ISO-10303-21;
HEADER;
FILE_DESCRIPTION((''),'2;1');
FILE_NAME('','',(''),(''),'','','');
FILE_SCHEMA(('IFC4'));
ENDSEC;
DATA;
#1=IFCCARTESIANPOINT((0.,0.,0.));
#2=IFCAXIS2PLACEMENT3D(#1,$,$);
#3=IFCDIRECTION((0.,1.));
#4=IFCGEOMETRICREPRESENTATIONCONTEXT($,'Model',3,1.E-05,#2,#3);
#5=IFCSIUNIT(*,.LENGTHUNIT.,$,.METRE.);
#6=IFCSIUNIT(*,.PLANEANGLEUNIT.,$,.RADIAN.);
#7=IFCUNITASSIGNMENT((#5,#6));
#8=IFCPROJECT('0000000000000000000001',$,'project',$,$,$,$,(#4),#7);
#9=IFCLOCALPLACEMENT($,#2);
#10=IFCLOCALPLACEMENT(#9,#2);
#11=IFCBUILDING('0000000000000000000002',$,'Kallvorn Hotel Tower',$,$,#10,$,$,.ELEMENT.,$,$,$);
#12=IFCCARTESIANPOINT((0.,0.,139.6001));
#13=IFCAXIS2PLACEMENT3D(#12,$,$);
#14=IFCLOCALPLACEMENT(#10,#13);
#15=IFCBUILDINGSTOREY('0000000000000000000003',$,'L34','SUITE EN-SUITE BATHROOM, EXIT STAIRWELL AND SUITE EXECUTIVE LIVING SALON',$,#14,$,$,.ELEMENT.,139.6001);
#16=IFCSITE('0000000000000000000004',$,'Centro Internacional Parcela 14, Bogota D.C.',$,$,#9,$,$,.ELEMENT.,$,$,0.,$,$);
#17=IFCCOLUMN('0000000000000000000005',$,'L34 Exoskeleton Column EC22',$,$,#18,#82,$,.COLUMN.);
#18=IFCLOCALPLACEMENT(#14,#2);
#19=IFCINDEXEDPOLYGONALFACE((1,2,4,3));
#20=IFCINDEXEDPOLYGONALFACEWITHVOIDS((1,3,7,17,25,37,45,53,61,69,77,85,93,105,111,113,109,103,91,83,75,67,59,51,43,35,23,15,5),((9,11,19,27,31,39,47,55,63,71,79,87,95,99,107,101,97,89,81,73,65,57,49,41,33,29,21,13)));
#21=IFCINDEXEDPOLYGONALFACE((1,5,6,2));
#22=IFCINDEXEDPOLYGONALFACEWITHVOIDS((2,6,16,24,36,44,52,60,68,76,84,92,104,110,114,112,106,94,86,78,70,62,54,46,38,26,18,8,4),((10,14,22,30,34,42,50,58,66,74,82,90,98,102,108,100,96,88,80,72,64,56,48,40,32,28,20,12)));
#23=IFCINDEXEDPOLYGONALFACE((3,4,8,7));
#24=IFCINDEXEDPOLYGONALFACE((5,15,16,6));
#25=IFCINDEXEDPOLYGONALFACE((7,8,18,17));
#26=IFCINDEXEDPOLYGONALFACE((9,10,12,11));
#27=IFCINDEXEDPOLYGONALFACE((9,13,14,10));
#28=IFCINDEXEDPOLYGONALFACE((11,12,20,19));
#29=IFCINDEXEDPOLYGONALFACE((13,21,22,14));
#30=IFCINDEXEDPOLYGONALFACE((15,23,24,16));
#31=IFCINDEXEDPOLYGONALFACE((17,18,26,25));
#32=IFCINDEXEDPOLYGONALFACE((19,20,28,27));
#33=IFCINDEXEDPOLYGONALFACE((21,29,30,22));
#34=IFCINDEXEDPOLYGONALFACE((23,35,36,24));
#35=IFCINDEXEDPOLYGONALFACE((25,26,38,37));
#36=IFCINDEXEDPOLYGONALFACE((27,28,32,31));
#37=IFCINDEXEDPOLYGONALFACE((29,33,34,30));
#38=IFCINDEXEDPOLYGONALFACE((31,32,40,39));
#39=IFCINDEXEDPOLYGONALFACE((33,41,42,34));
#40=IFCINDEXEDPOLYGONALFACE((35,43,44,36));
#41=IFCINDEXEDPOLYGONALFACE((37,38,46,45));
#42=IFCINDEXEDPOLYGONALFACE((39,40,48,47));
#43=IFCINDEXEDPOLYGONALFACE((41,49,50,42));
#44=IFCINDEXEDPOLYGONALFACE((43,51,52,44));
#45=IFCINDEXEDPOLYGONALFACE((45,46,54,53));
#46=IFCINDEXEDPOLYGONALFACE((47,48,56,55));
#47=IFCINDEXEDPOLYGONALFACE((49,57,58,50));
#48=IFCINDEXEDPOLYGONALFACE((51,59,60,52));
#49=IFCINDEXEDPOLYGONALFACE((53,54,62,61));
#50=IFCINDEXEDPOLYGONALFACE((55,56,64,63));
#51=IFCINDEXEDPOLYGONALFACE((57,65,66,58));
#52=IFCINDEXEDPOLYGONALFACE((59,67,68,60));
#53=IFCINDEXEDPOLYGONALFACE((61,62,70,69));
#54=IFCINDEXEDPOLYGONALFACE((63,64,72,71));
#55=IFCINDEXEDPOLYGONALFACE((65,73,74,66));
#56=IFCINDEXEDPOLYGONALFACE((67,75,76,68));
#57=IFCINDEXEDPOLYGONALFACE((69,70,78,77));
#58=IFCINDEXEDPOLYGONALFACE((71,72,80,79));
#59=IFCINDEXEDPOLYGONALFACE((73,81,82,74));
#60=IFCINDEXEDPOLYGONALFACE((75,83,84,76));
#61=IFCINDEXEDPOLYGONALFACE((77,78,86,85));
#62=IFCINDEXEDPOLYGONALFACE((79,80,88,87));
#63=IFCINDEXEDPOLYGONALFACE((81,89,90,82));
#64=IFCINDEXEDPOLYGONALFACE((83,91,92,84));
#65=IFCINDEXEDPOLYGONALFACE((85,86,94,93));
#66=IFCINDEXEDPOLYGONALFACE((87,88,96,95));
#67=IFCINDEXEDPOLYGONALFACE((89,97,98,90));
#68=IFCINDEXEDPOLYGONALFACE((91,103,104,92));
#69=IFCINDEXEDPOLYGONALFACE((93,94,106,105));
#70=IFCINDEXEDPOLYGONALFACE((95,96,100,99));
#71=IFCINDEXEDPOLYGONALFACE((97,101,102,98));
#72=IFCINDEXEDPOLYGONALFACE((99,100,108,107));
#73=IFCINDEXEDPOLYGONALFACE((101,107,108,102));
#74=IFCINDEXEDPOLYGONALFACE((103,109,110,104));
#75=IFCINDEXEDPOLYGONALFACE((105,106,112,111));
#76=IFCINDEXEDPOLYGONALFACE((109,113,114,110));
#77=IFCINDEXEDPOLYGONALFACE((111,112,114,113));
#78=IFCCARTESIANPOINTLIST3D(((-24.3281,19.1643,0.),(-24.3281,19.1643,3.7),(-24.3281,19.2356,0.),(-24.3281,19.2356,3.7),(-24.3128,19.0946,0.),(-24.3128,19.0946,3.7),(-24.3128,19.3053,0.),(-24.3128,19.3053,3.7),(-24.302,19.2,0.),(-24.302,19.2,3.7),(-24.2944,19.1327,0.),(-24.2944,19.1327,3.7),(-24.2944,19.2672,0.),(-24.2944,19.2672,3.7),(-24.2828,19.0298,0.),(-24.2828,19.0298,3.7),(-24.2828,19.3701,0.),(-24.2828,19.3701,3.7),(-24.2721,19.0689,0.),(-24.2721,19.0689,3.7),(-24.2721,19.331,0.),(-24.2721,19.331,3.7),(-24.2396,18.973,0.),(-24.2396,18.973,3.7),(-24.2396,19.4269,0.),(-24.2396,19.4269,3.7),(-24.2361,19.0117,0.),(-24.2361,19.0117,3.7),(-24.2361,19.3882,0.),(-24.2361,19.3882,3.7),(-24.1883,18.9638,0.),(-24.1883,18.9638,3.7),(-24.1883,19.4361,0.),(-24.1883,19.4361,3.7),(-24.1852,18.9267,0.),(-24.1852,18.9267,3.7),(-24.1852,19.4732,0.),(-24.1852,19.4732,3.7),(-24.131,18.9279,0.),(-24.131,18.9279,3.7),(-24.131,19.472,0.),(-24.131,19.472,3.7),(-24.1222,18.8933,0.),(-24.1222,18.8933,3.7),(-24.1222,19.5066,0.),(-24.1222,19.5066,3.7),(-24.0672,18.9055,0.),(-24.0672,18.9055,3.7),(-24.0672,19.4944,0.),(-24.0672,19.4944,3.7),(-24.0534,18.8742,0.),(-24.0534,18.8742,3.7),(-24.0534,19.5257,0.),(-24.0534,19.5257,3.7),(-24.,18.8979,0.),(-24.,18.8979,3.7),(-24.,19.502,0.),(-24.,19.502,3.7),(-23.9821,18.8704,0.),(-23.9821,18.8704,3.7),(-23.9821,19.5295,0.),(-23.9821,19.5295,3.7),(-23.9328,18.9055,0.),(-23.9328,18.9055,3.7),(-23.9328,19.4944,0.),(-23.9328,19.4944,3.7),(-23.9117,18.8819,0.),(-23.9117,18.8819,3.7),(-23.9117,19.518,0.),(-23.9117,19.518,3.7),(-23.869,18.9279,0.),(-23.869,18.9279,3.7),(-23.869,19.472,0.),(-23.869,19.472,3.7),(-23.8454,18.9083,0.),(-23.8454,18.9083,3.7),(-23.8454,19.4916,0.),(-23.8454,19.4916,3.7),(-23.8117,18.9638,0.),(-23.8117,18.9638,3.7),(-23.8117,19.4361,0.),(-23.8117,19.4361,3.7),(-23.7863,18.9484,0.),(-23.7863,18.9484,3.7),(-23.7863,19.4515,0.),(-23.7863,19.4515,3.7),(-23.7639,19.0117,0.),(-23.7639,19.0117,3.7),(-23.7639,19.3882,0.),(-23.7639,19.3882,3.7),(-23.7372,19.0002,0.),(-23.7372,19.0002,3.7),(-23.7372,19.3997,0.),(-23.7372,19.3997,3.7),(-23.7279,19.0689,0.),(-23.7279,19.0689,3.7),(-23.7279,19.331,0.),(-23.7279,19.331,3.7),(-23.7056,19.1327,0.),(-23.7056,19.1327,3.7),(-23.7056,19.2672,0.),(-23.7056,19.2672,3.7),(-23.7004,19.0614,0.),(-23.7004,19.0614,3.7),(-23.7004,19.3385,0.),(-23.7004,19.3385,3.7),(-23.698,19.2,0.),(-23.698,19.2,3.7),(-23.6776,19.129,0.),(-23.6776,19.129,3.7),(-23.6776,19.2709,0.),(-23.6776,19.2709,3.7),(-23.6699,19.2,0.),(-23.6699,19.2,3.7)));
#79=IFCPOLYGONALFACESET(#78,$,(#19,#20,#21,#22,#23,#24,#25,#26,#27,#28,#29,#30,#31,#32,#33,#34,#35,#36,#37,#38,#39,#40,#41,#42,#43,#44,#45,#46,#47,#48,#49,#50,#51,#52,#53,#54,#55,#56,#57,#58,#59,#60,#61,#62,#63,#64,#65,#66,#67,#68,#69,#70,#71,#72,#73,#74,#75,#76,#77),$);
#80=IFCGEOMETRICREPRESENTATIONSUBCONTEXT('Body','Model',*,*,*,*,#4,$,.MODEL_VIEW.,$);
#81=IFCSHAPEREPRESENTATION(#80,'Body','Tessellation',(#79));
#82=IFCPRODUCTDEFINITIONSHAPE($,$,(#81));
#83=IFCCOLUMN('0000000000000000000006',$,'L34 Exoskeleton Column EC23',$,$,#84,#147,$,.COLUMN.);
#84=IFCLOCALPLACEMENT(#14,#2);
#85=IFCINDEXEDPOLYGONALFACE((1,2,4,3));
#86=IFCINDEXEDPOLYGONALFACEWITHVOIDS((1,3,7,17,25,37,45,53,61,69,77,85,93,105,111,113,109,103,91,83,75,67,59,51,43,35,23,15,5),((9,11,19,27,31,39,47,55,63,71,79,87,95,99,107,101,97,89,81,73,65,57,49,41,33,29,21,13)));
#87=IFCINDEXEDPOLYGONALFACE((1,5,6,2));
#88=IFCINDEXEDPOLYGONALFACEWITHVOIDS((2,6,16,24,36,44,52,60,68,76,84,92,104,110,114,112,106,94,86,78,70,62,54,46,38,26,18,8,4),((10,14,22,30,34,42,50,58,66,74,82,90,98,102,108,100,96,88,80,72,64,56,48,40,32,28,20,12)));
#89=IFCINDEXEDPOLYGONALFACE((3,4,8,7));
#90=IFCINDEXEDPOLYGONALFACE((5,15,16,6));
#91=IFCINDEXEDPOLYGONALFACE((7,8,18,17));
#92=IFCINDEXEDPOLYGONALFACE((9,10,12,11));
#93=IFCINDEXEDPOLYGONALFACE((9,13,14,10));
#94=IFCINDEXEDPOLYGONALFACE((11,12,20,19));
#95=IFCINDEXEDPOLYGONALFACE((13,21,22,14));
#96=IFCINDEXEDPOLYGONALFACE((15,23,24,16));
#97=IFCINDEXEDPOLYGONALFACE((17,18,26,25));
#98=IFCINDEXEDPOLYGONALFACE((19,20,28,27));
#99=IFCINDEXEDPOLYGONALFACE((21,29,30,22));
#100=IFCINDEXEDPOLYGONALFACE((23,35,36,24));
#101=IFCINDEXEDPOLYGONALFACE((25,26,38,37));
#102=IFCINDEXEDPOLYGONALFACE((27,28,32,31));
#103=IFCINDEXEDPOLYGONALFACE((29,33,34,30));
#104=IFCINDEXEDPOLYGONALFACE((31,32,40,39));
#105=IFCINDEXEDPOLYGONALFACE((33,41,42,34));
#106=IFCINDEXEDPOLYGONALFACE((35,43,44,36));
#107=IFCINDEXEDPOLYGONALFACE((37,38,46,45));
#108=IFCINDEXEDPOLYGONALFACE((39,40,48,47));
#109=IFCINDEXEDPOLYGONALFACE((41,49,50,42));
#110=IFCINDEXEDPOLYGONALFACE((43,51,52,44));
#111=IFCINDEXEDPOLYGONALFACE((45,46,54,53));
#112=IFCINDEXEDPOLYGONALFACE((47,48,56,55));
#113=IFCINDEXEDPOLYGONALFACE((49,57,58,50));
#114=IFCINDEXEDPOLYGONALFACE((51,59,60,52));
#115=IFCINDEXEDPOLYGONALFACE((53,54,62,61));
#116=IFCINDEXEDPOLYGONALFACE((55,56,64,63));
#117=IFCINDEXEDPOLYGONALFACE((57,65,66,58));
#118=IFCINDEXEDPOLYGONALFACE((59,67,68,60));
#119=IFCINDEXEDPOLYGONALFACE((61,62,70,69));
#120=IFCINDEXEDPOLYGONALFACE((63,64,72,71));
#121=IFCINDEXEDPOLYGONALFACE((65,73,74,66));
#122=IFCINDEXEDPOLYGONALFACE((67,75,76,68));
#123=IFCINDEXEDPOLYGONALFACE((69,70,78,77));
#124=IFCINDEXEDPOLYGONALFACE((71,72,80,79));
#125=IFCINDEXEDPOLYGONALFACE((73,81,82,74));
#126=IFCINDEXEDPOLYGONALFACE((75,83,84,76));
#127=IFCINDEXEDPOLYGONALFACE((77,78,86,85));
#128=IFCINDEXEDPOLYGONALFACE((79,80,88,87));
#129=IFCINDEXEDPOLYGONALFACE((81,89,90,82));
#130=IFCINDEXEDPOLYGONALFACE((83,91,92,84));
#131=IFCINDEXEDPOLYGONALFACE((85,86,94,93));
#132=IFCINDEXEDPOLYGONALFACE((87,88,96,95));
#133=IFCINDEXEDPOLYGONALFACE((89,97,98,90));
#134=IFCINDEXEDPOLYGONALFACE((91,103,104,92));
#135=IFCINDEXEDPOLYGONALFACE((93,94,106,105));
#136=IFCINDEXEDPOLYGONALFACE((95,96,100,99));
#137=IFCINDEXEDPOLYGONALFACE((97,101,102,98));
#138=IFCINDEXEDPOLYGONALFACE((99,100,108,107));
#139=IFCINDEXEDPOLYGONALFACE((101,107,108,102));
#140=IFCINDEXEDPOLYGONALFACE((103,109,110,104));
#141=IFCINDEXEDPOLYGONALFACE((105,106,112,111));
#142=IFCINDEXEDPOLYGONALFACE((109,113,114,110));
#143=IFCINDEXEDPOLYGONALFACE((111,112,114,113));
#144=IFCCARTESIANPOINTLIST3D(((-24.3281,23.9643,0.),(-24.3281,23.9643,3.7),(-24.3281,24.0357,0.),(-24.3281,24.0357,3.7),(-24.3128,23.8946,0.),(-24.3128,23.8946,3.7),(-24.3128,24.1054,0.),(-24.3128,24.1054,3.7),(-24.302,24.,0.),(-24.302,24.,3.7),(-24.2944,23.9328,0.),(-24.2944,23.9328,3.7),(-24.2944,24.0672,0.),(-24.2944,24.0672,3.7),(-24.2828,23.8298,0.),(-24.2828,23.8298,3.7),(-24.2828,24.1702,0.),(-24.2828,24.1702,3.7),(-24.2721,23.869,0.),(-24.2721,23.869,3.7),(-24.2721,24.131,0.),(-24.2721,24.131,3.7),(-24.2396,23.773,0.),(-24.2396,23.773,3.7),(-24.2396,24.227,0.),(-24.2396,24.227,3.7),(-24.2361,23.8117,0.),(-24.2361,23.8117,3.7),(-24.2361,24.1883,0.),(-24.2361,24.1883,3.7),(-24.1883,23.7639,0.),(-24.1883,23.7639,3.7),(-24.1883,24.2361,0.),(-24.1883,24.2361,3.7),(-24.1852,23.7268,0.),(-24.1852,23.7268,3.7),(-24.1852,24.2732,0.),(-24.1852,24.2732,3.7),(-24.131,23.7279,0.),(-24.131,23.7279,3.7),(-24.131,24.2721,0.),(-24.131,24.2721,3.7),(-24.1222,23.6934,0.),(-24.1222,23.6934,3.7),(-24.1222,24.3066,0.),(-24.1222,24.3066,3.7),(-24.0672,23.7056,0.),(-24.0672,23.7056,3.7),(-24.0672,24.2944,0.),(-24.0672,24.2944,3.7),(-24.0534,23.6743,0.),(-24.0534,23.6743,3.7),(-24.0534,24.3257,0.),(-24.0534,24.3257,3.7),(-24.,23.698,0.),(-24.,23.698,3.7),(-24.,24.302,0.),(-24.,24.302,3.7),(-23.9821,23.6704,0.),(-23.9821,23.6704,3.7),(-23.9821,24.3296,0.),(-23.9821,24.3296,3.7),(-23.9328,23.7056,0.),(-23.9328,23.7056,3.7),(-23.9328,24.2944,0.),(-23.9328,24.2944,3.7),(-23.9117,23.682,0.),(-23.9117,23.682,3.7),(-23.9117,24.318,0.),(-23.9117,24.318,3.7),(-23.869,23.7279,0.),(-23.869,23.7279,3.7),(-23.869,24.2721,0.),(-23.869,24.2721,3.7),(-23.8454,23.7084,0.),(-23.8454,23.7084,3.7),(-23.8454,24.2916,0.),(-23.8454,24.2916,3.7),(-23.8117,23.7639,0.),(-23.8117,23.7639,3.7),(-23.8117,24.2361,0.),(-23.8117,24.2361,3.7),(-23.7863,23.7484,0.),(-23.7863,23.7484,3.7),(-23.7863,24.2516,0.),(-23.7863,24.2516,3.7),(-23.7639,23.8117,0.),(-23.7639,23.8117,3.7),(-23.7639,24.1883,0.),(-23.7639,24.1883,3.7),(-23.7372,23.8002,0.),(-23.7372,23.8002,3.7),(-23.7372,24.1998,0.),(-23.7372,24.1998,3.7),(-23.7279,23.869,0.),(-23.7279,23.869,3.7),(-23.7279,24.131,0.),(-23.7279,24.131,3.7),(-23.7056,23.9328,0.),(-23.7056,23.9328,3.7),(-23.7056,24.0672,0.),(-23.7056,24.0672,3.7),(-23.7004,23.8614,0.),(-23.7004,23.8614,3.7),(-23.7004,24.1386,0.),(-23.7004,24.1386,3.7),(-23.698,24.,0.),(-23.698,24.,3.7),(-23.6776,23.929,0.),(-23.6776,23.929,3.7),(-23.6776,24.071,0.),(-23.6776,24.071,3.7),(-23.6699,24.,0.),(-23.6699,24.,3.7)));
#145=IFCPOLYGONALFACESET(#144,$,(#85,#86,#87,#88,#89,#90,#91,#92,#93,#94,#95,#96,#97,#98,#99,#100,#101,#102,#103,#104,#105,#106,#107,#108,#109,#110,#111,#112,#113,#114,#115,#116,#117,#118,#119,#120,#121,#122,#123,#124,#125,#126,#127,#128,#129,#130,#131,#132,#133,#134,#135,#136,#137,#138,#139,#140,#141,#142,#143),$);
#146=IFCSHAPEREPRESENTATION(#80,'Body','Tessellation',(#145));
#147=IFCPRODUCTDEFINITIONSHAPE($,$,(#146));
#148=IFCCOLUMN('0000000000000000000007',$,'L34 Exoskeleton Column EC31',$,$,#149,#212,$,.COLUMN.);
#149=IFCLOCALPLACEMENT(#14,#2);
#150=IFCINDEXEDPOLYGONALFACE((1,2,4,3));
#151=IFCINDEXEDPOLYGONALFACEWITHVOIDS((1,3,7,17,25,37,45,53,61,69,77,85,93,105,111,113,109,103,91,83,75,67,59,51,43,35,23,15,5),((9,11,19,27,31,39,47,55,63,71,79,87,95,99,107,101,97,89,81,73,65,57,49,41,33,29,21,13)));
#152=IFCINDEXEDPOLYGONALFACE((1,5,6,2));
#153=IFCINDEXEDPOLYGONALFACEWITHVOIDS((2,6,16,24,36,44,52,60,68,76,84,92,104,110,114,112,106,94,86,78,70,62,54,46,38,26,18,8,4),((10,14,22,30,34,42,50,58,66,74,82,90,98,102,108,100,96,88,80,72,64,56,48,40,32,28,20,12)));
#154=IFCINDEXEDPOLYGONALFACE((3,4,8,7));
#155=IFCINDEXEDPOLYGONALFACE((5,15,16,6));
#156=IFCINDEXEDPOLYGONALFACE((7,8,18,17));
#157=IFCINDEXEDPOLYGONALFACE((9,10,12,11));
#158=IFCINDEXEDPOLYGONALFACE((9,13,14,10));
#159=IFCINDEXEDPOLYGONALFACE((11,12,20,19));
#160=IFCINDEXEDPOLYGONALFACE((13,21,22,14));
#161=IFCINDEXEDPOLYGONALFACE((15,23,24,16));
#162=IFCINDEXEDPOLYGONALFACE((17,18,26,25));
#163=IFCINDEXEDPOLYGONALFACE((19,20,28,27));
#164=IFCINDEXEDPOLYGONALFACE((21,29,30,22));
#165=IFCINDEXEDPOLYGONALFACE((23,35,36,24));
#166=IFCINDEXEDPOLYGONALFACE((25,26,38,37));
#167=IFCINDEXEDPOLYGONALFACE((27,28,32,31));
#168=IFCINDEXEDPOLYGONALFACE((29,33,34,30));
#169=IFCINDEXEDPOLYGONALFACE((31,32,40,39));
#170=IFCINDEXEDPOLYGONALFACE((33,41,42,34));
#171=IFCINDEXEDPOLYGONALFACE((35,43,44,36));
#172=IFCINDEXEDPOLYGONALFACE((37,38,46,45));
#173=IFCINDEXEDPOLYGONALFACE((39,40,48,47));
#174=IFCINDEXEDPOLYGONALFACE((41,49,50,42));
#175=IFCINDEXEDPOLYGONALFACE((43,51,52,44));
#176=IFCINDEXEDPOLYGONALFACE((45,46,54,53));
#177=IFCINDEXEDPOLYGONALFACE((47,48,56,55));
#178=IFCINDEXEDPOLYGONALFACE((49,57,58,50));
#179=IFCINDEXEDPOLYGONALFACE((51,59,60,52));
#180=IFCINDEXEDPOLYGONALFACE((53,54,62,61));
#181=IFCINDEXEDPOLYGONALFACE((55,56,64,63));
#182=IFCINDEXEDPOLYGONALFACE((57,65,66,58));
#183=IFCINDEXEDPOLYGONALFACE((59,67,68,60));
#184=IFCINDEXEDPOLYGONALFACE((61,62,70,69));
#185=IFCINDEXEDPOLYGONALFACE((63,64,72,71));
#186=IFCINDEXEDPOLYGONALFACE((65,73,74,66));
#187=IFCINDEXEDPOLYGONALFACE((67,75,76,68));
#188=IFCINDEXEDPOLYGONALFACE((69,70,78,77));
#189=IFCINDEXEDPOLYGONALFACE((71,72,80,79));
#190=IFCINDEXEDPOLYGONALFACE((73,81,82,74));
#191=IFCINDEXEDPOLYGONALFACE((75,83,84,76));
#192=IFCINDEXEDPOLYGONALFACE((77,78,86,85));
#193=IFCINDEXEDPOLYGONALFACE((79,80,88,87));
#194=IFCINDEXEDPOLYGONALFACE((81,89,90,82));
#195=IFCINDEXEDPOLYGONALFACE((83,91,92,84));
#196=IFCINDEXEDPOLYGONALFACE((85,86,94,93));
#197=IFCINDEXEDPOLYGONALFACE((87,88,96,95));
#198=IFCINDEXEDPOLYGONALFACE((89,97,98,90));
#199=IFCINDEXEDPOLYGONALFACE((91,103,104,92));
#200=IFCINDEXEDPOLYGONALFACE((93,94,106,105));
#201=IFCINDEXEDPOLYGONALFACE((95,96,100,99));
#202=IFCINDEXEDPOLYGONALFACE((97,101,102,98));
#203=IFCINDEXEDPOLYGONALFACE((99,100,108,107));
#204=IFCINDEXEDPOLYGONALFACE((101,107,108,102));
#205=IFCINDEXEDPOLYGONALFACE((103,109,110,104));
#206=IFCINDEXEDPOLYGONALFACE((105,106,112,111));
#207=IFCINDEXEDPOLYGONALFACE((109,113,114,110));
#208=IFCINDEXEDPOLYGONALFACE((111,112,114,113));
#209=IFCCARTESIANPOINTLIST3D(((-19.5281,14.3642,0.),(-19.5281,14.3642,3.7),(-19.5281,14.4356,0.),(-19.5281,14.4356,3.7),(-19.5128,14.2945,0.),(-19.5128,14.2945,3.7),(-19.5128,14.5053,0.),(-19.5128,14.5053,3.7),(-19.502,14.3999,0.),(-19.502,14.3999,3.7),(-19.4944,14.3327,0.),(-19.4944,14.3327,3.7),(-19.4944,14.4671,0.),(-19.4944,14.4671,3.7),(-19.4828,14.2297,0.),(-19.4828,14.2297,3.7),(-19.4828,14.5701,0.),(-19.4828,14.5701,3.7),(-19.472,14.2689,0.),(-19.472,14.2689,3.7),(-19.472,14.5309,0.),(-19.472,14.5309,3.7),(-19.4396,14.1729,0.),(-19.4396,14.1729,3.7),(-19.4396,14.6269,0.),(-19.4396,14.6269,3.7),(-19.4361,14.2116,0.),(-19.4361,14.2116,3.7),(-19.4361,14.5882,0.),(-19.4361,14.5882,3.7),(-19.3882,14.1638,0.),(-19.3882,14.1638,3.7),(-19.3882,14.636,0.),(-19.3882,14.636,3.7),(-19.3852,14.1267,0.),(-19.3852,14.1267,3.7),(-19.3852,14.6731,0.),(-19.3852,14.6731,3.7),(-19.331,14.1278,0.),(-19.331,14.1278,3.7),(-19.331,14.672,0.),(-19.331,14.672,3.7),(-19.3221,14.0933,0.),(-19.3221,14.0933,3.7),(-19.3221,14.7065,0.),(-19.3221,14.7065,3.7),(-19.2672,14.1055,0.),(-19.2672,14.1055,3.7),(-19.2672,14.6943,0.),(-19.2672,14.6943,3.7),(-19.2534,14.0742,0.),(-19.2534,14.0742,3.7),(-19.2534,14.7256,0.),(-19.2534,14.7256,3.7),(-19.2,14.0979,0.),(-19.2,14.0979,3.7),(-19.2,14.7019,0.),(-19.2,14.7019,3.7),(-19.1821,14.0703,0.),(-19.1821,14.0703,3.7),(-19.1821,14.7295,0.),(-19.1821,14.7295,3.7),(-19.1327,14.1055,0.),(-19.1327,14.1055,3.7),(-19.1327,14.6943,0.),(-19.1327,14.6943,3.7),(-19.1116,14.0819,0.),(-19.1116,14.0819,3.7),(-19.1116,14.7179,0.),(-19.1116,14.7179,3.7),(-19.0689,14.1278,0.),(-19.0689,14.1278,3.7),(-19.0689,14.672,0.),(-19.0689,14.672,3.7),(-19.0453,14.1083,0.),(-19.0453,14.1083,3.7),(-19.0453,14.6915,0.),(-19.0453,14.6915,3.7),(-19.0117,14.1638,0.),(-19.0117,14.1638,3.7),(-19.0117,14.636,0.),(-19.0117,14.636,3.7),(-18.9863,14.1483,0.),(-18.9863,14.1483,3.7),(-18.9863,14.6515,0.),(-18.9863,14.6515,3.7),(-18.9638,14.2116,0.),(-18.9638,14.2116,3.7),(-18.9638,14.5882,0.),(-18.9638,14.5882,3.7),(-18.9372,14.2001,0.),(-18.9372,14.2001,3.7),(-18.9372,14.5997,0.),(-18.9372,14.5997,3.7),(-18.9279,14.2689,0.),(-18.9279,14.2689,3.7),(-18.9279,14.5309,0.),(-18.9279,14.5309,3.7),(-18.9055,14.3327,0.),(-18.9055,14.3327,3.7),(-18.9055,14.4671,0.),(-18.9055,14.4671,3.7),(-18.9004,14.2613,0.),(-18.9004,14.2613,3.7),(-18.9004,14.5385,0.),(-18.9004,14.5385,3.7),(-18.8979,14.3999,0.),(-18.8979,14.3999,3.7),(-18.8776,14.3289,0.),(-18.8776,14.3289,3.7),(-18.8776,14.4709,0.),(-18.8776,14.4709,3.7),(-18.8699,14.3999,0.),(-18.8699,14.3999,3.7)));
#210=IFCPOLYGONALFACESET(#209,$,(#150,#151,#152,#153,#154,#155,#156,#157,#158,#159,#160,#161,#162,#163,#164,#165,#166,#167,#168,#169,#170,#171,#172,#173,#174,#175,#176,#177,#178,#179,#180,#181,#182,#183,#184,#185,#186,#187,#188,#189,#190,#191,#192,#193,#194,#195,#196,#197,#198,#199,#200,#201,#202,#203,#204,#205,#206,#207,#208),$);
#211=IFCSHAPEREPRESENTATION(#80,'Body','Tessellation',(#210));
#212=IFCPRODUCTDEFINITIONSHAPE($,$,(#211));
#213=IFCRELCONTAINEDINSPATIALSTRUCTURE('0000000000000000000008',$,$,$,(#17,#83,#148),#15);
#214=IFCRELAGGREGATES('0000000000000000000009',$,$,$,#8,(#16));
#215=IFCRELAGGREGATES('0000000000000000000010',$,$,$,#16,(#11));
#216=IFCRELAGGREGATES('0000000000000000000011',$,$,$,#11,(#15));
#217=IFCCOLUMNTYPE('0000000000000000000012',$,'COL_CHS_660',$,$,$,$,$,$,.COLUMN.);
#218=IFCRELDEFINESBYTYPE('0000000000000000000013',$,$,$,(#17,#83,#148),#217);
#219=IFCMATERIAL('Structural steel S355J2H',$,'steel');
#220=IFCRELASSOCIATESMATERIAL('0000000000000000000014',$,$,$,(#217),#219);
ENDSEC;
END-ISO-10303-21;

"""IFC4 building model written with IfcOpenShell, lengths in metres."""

from ifc_helpers import new_model, si_unit, direction, frame, origin, origin_2d, place, context, subcontext, project, spatial, hollow_circle, extrude, material, material_profile, profile_set, type_object, element, save


model = new_model("IFC4")

# Units and contexts
model_context = context("Model", 3, precision=1e-05, world=origin(), true_north=direction((0.0, 1.0)))
body_context = subcontext(model_context, "Body", "Model", "MODEL_VIEW")
ifc_project = project(units=[si_unit("LENGTHUNIT", "METRE"), si_unit("PLANEANGLEUNIT", "RADIAN")], contexts=[model_context])

# Site, building, storey
site_placement = place(None, origin())
site = spatial("IfcSite", under=ifc_project, at=site_placement, Name="Centro Internacional Parcela 14, Bogota D.C.", CompositionType="ELEMENT", RefElevation=0.0)
building_placement = place(site_placement, origin())
building = spatial("IfcBuilding", under=site, at=building_placement, Name="Kallvorn Hotel Tower", CompositionType="ELEMENT")
storey_placement = place(building_placement, frame((0.0, 0.0, 139.6001)))
storey = spatial("IfcBuildingStorey", under=building, at=storey_placement, Name="L34", Description="SUITE EN-SUITE BATHROOM, EXIT STAIRWELL AND SUITE EXECUTIVE LIVING SALON", CompositionType="ELEMENT", Elevation=139.6001)

# Columns
ifc_material_1 = material(Name="Structural steel S355J2H", Category="steel")
ifc_material_profile_1 = material_profile(ifc_material_1, hollow_circle(Radius=0.3301, WallThickness=0.0281, at=origin_2d()), Name="CHS 660x28")
ifc_profile_set_1 = profile_set([ifc_material_profile_1], Name="Structural steel S355J2H")
column_type = type_object("IfcColumnType", Name="COL_CHS_660", PredefinedType="COLUMN", material=ifc_profile_set_1)
for number, where, z_axis, x_axis, name in (
    (1, (-24.0, 19.2, 0.0), (0.0, 0.0, 1.0), (1.0, 0.0, 0.0), "L34 Exoskeleton Column EC22"),
    (2, (-24.0, 24.0, 0.0), (0.0, 0.0, 1.0), (1.0, 0.0, 0.0), "L34 Exoskeleton Column EC23"),
    (3, (-19.2, 14.3999, 0.0), (0.0, 0.0, 1.0), (1.0, 0.0, 0.0), "L34 Exoskeleton Column EC31"),
):
    element("IfcColumn", number, at=place(storey_placement, frame(where, z_axis=z_axis, x_axis=x_axis)), inside=storey, type_object=column_type, Name=name, PredefinedType="COLUMN", context=body_context, shape_type="SweptSolid", body=[
        extrude(hollow_circle(Radius=0.3301, WallThickness=0.0281, at=origin_2d()), origin(), (0.0, 0.0, 1.0), 3.7),
    ])

save(model, "model.ifc")
